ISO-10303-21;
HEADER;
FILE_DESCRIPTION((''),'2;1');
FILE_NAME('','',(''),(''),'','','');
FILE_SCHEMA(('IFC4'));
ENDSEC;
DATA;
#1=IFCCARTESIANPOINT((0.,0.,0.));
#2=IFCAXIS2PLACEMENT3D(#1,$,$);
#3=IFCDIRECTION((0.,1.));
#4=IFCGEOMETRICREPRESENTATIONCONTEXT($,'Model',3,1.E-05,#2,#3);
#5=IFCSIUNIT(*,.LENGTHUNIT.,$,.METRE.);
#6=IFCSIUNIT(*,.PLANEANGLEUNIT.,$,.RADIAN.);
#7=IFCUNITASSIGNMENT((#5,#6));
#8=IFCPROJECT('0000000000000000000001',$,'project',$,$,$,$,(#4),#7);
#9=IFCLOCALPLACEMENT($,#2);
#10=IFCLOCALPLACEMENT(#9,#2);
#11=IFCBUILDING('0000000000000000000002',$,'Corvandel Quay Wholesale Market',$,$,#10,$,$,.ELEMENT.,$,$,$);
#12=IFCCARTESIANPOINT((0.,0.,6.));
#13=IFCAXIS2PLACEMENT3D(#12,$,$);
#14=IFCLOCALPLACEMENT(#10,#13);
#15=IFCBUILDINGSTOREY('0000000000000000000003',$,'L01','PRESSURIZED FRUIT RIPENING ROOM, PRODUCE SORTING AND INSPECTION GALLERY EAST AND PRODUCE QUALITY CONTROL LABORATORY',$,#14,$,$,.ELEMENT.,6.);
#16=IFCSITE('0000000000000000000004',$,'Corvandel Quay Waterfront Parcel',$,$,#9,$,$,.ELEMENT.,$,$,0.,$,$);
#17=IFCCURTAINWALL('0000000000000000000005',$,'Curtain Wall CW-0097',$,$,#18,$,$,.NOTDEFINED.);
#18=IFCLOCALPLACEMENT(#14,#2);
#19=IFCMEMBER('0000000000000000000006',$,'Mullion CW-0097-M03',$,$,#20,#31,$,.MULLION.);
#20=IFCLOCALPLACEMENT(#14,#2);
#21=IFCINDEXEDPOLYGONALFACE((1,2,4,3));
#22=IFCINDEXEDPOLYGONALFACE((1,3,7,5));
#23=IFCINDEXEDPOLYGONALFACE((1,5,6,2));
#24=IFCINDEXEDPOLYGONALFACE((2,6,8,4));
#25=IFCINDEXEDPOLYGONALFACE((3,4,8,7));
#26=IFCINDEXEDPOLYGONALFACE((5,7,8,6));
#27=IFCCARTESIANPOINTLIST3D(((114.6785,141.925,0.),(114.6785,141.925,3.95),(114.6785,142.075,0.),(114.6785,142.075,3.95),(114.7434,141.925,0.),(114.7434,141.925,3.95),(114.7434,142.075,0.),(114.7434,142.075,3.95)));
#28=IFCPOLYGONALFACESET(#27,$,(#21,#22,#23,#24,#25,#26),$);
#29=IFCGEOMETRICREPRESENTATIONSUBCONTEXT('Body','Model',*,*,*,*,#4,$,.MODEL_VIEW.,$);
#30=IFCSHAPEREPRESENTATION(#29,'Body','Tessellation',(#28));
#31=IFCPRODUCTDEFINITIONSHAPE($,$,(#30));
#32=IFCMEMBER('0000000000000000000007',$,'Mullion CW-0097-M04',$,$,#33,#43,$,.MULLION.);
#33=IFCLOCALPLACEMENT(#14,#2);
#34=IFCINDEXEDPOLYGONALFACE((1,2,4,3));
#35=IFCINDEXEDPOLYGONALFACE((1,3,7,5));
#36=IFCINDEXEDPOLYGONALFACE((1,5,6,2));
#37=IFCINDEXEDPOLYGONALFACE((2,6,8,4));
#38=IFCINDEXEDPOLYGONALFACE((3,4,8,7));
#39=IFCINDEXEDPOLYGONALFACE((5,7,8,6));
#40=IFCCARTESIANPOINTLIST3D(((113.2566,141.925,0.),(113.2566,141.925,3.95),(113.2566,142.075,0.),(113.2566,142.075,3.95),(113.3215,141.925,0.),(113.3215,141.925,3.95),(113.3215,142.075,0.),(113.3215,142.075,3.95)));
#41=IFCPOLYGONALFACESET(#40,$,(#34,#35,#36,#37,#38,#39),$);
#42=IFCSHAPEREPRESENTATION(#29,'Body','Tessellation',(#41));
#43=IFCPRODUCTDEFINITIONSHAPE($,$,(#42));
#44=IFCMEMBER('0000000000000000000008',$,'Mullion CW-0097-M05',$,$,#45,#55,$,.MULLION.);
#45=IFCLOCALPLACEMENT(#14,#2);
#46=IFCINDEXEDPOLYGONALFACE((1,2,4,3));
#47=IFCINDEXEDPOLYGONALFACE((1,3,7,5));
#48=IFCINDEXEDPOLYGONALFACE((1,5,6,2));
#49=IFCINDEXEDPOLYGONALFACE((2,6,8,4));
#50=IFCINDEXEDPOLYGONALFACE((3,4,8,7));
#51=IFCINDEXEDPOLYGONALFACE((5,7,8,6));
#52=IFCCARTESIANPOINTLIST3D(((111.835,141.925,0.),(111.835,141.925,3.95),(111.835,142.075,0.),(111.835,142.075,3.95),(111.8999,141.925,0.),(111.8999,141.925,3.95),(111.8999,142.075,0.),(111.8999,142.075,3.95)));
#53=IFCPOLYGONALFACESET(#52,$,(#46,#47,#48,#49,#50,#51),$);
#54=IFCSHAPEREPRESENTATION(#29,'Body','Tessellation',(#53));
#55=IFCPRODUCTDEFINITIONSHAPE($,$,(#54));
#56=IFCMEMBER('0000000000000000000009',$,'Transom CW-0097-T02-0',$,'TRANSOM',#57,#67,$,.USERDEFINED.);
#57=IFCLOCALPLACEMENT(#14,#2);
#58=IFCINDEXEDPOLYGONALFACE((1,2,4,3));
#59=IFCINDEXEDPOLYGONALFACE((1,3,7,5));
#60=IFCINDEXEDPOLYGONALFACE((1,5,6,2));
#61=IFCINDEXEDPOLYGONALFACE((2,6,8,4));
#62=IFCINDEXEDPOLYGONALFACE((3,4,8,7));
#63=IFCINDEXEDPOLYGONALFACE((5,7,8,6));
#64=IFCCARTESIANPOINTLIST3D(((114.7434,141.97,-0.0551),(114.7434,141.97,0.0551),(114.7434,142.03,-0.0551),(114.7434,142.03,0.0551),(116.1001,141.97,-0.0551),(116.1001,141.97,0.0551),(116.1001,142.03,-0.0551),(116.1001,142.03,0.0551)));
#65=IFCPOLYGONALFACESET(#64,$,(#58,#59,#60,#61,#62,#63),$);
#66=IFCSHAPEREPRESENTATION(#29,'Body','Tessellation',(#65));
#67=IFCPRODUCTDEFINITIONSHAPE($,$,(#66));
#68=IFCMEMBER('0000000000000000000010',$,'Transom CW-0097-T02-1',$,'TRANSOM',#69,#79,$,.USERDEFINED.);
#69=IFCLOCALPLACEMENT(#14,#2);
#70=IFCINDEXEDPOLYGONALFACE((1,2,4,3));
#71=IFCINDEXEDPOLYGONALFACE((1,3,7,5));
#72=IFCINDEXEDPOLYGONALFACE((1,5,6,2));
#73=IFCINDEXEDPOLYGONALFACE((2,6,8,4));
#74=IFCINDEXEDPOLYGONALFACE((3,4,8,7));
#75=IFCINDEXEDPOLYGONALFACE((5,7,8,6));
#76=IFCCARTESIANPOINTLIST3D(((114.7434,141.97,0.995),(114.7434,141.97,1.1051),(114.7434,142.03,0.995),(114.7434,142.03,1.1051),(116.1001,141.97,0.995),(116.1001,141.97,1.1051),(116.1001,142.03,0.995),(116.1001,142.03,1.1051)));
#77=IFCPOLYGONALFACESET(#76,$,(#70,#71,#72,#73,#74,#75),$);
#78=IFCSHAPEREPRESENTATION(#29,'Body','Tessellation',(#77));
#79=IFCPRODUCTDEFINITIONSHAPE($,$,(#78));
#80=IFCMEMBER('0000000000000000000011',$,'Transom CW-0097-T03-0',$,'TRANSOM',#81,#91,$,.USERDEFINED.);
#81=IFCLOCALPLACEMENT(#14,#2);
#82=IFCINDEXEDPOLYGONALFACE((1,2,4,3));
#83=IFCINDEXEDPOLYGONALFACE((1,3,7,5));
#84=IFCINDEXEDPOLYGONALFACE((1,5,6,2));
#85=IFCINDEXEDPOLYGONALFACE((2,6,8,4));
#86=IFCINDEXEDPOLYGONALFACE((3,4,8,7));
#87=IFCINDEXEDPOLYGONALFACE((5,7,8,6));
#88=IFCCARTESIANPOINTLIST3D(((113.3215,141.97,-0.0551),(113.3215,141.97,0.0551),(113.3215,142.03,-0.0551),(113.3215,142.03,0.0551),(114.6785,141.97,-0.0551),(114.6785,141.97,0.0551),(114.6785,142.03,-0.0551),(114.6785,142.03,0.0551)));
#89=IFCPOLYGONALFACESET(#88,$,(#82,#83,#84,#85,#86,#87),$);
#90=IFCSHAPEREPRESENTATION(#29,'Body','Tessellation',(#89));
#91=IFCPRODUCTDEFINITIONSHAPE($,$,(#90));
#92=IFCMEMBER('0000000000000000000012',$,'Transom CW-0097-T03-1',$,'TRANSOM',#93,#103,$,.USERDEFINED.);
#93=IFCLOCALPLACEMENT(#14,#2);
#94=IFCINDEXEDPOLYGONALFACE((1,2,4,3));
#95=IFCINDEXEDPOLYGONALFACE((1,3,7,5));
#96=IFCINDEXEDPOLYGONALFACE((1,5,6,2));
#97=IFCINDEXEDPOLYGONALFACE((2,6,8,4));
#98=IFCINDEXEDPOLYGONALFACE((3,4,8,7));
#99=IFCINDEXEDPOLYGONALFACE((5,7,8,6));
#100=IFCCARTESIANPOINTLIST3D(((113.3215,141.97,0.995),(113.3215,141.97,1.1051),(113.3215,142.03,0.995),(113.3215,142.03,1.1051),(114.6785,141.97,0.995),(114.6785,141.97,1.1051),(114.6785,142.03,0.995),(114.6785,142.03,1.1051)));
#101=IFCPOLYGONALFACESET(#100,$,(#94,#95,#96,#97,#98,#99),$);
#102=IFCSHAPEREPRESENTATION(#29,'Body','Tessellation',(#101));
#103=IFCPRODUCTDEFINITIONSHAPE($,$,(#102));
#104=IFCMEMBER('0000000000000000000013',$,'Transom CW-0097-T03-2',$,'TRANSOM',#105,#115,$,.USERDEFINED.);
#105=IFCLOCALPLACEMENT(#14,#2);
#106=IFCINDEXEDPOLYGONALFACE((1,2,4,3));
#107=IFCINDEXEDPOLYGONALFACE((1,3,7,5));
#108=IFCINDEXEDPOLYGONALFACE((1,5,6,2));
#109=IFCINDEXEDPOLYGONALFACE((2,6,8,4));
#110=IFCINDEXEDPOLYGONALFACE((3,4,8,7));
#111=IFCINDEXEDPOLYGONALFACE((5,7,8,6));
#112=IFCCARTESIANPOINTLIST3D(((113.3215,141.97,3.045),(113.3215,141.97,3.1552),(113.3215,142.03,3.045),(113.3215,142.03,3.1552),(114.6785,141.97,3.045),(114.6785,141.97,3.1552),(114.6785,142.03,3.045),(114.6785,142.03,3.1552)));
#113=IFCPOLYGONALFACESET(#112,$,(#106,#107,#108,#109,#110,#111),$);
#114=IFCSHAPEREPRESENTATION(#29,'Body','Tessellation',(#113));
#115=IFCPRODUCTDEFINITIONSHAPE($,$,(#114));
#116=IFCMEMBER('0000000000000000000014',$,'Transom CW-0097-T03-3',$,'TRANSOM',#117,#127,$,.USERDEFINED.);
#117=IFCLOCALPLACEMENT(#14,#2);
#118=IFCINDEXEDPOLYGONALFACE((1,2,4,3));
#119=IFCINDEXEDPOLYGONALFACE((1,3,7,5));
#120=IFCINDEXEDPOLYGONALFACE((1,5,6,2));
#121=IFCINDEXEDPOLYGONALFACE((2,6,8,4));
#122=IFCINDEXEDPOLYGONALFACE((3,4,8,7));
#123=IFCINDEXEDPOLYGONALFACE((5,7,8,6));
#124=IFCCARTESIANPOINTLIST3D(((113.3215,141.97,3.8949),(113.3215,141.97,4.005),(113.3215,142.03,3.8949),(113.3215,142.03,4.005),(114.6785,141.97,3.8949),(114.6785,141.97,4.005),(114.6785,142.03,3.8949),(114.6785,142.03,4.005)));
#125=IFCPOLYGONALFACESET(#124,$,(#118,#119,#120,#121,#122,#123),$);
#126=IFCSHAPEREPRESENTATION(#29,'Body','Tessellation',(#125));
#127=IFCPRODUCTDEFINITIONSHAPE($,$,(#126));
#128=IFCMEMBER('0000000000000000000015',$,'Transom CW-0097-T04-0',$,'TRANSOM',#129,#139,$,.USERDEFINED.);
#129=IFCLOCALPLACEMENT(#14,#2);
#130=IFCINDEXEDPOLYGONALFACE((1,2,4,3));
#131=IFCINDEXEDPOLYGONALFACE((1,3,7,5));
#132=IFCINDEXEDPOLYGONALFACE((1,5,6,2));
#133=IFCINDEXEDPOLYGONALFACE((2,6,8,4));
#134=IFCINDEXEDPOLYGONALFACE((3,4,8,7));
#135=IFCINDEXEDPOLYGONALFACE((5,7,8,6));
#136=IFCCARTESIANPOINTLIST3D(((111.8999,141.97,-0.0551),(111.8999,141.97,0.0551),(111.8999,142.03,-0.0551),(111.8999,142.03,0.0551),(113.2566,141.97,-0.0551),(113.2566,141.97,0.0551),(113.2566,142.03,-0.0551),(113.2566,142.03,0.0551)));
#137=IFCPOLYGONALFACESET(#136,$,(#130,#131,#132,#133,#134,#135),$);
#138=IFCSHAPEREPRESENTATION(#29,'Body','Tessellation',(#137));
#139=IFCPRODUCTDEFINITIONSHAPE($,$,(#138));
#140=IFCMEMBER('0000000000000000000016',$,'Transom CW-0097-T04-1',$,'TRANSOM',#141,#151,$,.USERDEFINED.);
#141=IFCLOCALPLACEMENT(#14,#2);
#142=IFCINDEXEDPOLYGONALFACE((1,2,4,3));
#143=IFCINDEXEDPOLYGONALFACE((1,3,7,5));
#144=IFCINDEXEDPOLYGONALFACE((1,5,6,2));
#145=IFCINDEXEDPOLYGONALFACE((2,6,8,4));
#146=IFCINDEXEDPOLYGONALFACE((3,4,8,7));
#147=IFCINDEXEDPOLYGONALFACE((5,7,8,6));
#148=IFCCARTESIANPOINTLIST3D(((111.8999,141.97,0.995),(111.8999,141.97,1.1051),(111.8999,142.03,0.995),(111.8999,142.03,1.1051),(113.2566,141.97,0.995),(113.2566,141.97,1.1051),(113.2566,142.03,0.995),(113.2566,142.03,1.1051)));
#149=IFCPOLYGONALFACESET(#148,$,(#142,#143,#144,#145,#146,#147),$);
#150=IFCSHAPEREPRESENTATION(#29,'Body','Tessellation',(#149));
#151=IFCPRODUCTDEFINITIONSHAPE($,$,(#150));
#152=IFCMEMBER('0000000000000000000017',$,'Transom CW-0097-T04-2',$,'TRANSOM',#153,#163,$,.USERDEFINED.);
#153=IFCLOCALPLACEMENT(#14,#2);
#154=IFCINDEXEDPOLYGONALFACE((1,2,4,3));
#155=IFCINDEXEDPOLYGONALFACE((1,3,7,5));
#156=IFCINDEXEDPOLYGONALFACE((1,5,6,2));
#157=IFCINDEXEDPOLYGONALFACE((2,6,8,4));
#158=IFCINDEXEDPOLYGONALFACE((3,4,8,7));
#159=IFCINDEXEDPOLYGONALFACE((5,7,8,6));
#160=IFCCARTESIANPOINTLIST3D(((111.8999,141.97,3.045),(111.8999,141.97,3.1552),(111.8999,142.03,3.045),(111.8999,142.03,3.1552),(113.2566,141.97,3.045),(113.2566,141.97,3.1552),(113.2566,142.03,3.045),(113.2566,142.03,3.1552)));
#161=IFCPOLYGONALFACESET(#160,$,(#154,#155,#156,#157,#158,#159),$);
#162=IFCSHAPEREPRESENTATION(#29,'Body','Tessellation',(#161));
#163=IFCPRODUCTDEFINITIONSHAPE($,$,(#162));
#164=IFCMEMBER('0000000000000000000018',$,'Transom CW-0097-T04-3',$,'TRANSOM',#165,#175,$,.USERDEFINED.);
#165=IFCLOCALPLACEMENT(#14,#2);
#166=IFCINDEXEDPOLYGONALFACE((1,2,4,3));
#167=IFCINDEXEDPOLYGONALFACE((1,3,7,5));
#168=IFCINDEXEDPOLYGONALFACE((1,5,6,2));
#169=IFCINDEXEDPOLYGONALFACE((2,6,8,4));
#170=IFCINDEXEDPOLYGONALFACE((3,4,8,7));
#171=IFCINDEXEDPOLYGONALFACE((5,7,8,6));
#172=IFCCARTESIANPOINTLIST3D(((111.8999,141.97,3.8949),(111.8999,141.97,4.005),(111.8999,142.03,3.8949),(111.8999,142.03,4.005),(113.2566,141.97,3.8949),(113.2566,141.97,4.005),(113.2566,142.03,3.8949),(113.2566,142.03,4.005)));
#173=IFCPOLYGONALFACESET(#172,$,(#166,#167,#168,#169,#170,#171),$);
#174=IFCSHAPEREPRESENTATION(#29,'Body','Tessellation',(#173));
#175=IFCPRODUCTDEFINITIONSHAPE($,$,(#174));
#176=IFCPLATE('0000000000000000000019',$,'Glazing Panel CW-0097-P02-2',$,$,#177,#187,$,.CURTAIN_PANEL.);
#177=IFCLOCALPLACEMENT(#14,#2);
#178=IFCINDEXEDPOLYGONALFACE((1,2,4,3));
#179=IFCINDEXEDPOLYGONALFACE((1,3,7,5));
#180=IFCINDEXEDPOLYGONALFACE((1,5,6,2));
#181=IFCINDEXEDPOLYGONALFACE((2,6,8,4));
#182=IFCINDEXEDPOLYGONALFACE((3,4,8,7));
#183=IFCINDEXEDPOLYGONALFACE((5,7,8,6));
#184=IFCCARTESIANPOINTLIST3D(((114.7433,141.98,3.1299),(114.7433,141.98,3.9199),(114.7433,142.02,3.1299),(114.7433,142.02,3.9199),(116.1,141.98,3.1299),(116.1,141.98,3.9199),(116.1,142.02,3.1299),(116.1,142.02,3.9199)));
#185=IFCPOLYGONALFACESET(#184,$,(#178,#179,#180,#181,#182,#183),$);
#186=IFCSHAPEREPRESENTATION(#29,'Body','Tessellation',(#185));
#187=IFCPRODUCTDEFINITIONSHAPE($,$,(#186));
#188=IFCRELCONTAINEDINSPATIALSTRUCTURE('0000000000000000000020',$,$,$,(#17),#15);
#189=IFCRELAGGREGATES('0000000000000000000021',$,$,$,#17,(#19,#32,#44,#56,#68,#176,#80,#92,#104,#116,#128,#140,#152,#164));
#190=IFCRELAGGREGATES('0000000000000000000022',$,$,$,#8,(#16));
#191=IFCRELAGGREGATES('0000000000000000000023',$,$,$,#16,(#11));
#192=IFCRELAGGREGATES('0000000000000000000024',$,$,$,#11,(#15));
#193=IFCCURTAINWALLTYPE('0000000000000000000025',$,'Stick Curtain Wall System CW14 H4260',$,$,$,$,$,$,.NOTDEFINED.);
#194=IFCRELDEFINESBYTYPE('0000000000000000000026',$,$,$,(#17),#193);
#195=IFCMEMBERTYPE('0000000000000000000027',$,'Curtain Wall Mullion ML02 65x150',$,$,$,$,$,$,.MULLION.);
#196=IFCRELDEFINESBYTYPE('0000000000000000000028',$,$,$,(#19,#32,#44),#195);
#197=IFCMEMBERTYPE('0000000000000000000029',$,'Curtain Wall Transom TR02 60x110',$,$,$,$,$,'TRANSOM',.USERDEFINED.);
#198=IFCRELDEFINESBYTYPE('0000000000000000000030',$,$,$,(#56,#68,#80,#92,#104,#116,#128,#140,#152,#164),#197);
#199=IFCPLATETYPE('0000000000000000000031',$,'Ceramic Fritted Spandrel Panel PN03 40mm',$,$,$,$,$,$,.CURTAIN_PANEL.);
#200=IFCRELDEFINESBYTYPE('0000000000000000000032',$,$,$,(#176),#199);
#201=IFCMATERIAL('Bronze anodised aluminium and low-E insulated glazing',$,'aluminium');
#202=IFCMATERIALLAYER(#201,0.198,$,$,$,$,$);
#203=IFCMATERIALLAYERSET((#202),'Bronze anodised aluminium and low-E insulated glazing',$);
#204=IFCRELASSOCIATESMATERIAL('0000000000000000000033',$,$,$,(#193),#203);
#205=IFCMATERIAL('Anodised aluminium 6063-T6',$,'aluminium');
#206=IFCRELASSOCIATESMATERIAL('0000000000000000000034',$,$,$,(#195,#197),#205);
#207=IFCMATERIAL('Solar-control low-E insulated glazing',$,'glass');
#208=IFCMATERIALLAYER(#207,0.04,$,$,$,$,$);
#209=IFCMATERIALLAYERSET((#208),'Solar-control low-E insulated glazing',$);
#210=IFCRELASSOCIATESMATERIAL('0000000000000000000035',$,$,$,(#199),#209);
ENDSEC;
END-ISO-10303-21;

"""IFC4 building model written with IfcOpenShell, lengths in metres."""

from ifc_helpers import new_model, si_unit, direction, frame, origin, origin_2d, place, context, subcontext, project, spatial, rectangle, extrude, material, layer, layer_set, material_profile, profile_set, type_object, element, aggregate, save


model = new_model("IFC4")

# Units and contexts
model_context = context("Model", 3, precision=1e-05, world=origin(), true_north=direction((0.0, 1.0)))
body_context = subcontext(model_context, "Body", "Model", "MODEL_VIEW")
ifc_project = project(units=[si_unit("LENGTHUNIT", "METRE"), si_unit("PLANEANGLEUNIT", "RADIAN")], contexts=[model_context])

# Site, building, storey
site_placement = place(None, origin())
site = spatial("IfcSite", under=ifc_project, at=site_placement, Name="Corvandel Quay Waterfront Parcel", CompositionType="ELEMENT", RefElevation=0.0)
building_placement = place(site_placement, origin())
building = spatial("IfcBuilding", under=site, at=building_placement, Name="Corvandel Quay Wholesale Market", CompositionType="ELEMENT")
storey_placement = place(building_placement, frame((0.0, 0.0, 6.0)))
storey = spatial("IfcBuildingStorey", under=building, at=storey_placement, Name="L01", Description="PRESSURIZED FRUIT RIPENING ROOM, PRODUCE SORTING AND INSPECTION GALLERY EAST AND PRODUCE QUALITY CONTROL LABORATORY", CompositionType="ELEMENT", Elevation=6.0)

# Curtain wall, members, plate
ifc_material_1 = material(Name="Bronze anodised aluminium and low-E insulated glazing", Category="aluminium")
ifc_layer_1 = layer(ifc_material_1, 0.198)
ifc_layer_set_1 = layer_set([ifc_layer_1], Name="Bronze anodised aluminium and low-E insulated glazing")
curtain_wall_type = type_object("IfcCurtainWallType", Name="Stick Curtain Wall System CW14 H4260", PredefinedType="NOTDEFINED", material=ifc_layer_set_1)
curtain_wall_placement = place(storey_placement, origin())
curtain_wall = element("IfcCurtainWall", 1, at=curtain_wall_placement, inside=storey, type_object=curtain_wall_type, Name="Curtain Wall CW-0097", PredefinedType="NOTDEFINED")
ifc_material_2 = material(Name="Anodised aluminium 6063-T6", Category="aluminium")
ifc_material_profile_1 = material_profile(ifc_material_2, rectangle(XDim=0.0649, YDim=0.1499, at=origin_2d()), Name="ALU-MUL-65x150")
ifc_profile_set_1 = profile_set([ifc_material_profile_1], Name="Anodised aluminium 6063-T6")
member_type_1 = type_object("IfcMemberType", Name="Curtain Wall Mullion ML02 65x150", PredefinedType="MULLION", material=ifc_profile_set_1)
member_1_placement = place(storey_placement, frame((114.7109, 142.0, 0.0), z_axis=(0.0, 0.0, 1.0), x_axis=(1.0, 0.0, 0.0)))
member_1 = element("IfcMember", 2, at=member_1_placement, type_object=member_type_1, Name="Mullion CW-0097-M03", PredefinedType="MULLION", context=body_context, shape_type="SweptSolid", body=[
    extrude(rectangle(XDim=0.0649, YDim=0.1499, at=origin_2d()), origin(), (0.0, 0.0, 1.0), 3.95),
])
member_2_placement = place(storey_placement, frame((113.2891, 142.0, 0.0), z_axis=(0.0, 0.0, 1.0), x_axis=(1.0, 0.0, 0.0)))
member_2 = element("IfcMember", 3, at=member_2_placement, type_object=member_type_1, Name="Mullion CW-0097-M04", PredefinedType="MULLION", context=body_context, shape_type="SweptSolid", body=[
    extrude(rectangle(XDim=0.0649, YDim=0.1499, at=origin_2d()), origin(), (0.0, 0.0, 1.0), 3.95),
])
member_3_placement = place(storey_placement, frame((111.8674, 142.0, 0.0), z_axis=(0.0, 0.0, 1.0), x_axis=(1.0, 0.0, 0.0)))
member_3 = element("IfcMember", 4, at=member_3_placement, type_object=member_type_1, Name="Mullion CW-0097-M05", PredefinedType="MULLION", context=body_context, shape_type="SweptSolid", body=[
    extrude(rectangle(XDim=0.0649, YDim=0.1499, at=origin_2d()), origin(), (0.0, 0.0, 1.0), 3.95),
])
ifc_material_profile_2 = material_profile(ifc_material_2, rectangle(XDim=0.0601, YDim=0.1101, at=origin_2d()), Name="ALU-TRN-60x110")
ifc_profile_set_2 = profile_set([ifc_material_profile_2], Name="Anodised aluminium 6063-T6")
member_type_2 = type_object("IfcMemberType", Name="Curtain Wall Transom TR02 60x110", ElementType="TRANSOM", PredefinedType="USERDEFINED", material=ifc_profile_set_2)
member_4_placement = place(storey_placement, frame((116.1001, 142.0, 0.0), z_axis=(-1.0, 0.0, 0.0), x_axis=(0.0, -1.0, 0.0)))
member_4 = element("IfcMember", 5, at=member_4_placement, type_object=member_type_2, Name="Transom CW-0097-T02-0", ObjectType="TRANSOM", PredefinedType="USERDEFINED", context=body_context, shape_type="SweptSolid", body=[
    extrude(rectangle(XDim=0.0601, YDim=0.1101, at=origin_2d()), origin(), (0.0, 0.0, 1.0), 1.3567),
])
member_5_placement = place(storey_placement, frame((116.1001, 142.0, 1.05), z_axis=(-1.0, 0.0, 0.0), x_axis=(0.0, -1.0, 0.0)))
member_5 = element("IfcMember", 6, at=member_5_placement, type_object=member_type_2, Name="Transom CW-0097-T02-1", ObjectType="TRANSOM", PredefinedType="USERDEFINED", context=body_context, shape_type="SweptSolid", body=[
    extrude(rectangle(XDim=0.0601, YDim=0.1101, at=origin_2d()), origin(), (0.0, 0.0, 1.0), 1.3567),
])
member_6_placement = place(storey_placement, frame((114.6785, 142.0, 0.0), z_axis=(-1.0, 0.0, 0.0), x_axis=(0.0, -1.0, 0.0)))
member_6 = element("IfcMember", 7, at=member_6_placement, type_object=member_type_2, Name="Transom CW-0097-T03-0", ObjectType="TRANSOM", PredefinedType="USERDEFINED", context=body_context, shape_type="SweptSolid", body=[
    extrude(rectangle(XDim=0.0601, YDim=0.1101, at=origin_2d()), origin(), (0.0, 0.0, 1.0), 1.3569),
])
member_7_placement = place(storey_placement, frame((114.6785, 142.0, 1.05), z_axis=(-1.0, 0.0, 0.0), x_axis=(0.0, -1.0, 0.0)))
member_7 = element("IfcMember", 8, at=member_7_placement, type_object=member_type_2, Name="Transom CW-0097-T03-1", ObjectType="TRANSOM", PredefinedType="USERDEFINED", context=body_context, shape_type="SweptSolid", body=[
    extrude(rectangle(XDim=0.0601, YDim=0.1101, at=origin_2d()), origin(), (0.0, 0.0, 1.0), 1.3569),
])
member_8_placement = place(storey_placement, frame((114.6785, 142.0, 3.1001), z_axis=(-1.0, 0.0, 0.0), x_axis=(0.0, -1.0, 0.0)))
member_8 = element("IfcMember", 9, at=member_8_placement, type_object=member_type_2, Name="Transom CW-0097-T03-2", ObjectType="TRANSOM", PredefinedType="USERDEFINED", context=body_context, shape_type="SweptSolid", body=[
    extrude(rectangle(XDim=0.0601, YDim=0.1101, at=origin_2d()), origin(), (0.0, 0.0, 1.0), 1.3569),
])
member_9_placement = place(storey_placement, frame((114.6785, 142.0, 3.95), z_axis=(-1.0, 0.0, 0.0), x_axis=(0.0, -1.0, 0.0)))
member_9 = element("IfcMember", 10, at=member_9_placement, type_object=member_type_2, Name="Transom CW-0097-T03-3", ObjectType="TRANSOM", PredefinedType="USERDEFINED", context=body_context, shape_type="SweptSolid", body=[
    extrude(rectangle(XDim=0.0601, YDim=0.1101, at=origin_2d()), origin(), (0.0, 0.0, 1.0), 1.3569),
])
member_10_placement = place(storey_placement, frame((113.2566, 142.0, 0.0), z_axis=(-1.0, 0.0, 0.0), x_axis=(0.0, -1.0, 0.0)))
member_10 = element("IfcMember", 11, at=member_10_placement, type_object=member_type_2, Name="Transom CW-0097-T04-0", ObjectType="TRANSOM", PredefinedType="USERDEFINED", context=body_context, shape_type="SweptSolid", body=[
    extrude(rectangle(XDim=0.0601, YDim=0.1101, at=origin_2d()), origin(), (0.0, 0.0, 1.0), 1.3567),
])
member_11_placement = place(storey_placement, frame((113.2566, 142.0, 1.05), z_axis=(-1.0, 0.0, 0.0), x_axis=(0.0, -1.0, 0.0)))
member_11 = element("IfcMember", 12, at=member_11_placement, type_object=member_type_2, Name="Transom CW-0097-T04-1", ObjectType="TRANSOM", PredefinedType="USERDEFINED", context=body_context, shape_type="SweptSolid", body=[
    extrude(rectangle(XDim=0.0601, YDim=0.1101, at=origin_2d()), origin(), (0.0, 0.0, 1.0), 1.3567),
])
member_12_placement = place(storey_placement, frame((113.2566, 142.0, 3.1001), z_axis=(-1.0, 0.0, 0.0), x_axis=(0.0, -1.0, 0.0)))
member_12 = element("IfcMember", 13, at=member_12_placement, type_object=member_type_2, Name="Transom CW-0097-T04-2", ObjectType="TRANSOM", PredefinedType="USERDEFINED", context=body_context, shape_type="SweptSolid", body=[
    extrude(rectangle(XDim=0.0601, YDim=0.1101, at=origin_2d()), origin(), (0.0, 0.0, 1.0), 1.3567),
])
member_13_placement = place(storey_placement, frame((113.2566, 142.0, 3.95), z_axis=(-1.0, 0.0, 0.0), x_axis=(0.0, -1.0, 0.0)))
member_13 = element("IfcMember", 14, at=member_13_placement, type_object=member_type_2, Name="Transom CW-0097-T04-3", ObjectType="TRANSOM", PredefinedType="USERDEFINED", context=body_context, shape_type="SweptSolid", body=[
    extrude(rectangle(XDim=0.0601, YDim=0.1101, at=origin_2d()), origin(), (0.0, 0.0, 1.0), 1.3567),
])
ifc_material_3 = material(Name="Solar-control low-E insulated glazing", Category="glass")
ifc_layer_2 = layer(ifc_material_3, 0.04)
ifc_layer_set_2 = layer_set([ifc_layer_2], Name="Solar-control low-E insulated glazing")
plate_type_1 = type_object("IfcPlateType", Name="Ceramic Fritted Spandrel Panel PN03 40mm", PredefinedType="CURTAIN_PANEL", material=ifc_layer_set_2)
plate_1_placement = place(storey_placement, frame((115.4216, 142.0, 3.1299), z_axis=(0.0, 0.0, 1.0), x_axis=(1.0, 0.0, 0.0)))
plate_1 = element("IfcPlate", 15, at=plate_1_placement, type_object=plate_type_1, Name="Glazing Panel CW-0097-P02-2", PredefinedType="CURTAIN_PANEL", context=body_context, shape_type="SweptSolid", body=[
    extrude(rectangle(XDim=1.3567, YDim=0.04, at=origin_2d()), origin(), (0.0, 0.0, 1.0), 0.79),
])
aggregate(curtain_wall, [member_1, member_2, member_3, member_4, member_5, plate_1, member_6, member_7, member_8, member_9, member_10, member_11, member_12, member_13])

save(model, "model.ifc")
